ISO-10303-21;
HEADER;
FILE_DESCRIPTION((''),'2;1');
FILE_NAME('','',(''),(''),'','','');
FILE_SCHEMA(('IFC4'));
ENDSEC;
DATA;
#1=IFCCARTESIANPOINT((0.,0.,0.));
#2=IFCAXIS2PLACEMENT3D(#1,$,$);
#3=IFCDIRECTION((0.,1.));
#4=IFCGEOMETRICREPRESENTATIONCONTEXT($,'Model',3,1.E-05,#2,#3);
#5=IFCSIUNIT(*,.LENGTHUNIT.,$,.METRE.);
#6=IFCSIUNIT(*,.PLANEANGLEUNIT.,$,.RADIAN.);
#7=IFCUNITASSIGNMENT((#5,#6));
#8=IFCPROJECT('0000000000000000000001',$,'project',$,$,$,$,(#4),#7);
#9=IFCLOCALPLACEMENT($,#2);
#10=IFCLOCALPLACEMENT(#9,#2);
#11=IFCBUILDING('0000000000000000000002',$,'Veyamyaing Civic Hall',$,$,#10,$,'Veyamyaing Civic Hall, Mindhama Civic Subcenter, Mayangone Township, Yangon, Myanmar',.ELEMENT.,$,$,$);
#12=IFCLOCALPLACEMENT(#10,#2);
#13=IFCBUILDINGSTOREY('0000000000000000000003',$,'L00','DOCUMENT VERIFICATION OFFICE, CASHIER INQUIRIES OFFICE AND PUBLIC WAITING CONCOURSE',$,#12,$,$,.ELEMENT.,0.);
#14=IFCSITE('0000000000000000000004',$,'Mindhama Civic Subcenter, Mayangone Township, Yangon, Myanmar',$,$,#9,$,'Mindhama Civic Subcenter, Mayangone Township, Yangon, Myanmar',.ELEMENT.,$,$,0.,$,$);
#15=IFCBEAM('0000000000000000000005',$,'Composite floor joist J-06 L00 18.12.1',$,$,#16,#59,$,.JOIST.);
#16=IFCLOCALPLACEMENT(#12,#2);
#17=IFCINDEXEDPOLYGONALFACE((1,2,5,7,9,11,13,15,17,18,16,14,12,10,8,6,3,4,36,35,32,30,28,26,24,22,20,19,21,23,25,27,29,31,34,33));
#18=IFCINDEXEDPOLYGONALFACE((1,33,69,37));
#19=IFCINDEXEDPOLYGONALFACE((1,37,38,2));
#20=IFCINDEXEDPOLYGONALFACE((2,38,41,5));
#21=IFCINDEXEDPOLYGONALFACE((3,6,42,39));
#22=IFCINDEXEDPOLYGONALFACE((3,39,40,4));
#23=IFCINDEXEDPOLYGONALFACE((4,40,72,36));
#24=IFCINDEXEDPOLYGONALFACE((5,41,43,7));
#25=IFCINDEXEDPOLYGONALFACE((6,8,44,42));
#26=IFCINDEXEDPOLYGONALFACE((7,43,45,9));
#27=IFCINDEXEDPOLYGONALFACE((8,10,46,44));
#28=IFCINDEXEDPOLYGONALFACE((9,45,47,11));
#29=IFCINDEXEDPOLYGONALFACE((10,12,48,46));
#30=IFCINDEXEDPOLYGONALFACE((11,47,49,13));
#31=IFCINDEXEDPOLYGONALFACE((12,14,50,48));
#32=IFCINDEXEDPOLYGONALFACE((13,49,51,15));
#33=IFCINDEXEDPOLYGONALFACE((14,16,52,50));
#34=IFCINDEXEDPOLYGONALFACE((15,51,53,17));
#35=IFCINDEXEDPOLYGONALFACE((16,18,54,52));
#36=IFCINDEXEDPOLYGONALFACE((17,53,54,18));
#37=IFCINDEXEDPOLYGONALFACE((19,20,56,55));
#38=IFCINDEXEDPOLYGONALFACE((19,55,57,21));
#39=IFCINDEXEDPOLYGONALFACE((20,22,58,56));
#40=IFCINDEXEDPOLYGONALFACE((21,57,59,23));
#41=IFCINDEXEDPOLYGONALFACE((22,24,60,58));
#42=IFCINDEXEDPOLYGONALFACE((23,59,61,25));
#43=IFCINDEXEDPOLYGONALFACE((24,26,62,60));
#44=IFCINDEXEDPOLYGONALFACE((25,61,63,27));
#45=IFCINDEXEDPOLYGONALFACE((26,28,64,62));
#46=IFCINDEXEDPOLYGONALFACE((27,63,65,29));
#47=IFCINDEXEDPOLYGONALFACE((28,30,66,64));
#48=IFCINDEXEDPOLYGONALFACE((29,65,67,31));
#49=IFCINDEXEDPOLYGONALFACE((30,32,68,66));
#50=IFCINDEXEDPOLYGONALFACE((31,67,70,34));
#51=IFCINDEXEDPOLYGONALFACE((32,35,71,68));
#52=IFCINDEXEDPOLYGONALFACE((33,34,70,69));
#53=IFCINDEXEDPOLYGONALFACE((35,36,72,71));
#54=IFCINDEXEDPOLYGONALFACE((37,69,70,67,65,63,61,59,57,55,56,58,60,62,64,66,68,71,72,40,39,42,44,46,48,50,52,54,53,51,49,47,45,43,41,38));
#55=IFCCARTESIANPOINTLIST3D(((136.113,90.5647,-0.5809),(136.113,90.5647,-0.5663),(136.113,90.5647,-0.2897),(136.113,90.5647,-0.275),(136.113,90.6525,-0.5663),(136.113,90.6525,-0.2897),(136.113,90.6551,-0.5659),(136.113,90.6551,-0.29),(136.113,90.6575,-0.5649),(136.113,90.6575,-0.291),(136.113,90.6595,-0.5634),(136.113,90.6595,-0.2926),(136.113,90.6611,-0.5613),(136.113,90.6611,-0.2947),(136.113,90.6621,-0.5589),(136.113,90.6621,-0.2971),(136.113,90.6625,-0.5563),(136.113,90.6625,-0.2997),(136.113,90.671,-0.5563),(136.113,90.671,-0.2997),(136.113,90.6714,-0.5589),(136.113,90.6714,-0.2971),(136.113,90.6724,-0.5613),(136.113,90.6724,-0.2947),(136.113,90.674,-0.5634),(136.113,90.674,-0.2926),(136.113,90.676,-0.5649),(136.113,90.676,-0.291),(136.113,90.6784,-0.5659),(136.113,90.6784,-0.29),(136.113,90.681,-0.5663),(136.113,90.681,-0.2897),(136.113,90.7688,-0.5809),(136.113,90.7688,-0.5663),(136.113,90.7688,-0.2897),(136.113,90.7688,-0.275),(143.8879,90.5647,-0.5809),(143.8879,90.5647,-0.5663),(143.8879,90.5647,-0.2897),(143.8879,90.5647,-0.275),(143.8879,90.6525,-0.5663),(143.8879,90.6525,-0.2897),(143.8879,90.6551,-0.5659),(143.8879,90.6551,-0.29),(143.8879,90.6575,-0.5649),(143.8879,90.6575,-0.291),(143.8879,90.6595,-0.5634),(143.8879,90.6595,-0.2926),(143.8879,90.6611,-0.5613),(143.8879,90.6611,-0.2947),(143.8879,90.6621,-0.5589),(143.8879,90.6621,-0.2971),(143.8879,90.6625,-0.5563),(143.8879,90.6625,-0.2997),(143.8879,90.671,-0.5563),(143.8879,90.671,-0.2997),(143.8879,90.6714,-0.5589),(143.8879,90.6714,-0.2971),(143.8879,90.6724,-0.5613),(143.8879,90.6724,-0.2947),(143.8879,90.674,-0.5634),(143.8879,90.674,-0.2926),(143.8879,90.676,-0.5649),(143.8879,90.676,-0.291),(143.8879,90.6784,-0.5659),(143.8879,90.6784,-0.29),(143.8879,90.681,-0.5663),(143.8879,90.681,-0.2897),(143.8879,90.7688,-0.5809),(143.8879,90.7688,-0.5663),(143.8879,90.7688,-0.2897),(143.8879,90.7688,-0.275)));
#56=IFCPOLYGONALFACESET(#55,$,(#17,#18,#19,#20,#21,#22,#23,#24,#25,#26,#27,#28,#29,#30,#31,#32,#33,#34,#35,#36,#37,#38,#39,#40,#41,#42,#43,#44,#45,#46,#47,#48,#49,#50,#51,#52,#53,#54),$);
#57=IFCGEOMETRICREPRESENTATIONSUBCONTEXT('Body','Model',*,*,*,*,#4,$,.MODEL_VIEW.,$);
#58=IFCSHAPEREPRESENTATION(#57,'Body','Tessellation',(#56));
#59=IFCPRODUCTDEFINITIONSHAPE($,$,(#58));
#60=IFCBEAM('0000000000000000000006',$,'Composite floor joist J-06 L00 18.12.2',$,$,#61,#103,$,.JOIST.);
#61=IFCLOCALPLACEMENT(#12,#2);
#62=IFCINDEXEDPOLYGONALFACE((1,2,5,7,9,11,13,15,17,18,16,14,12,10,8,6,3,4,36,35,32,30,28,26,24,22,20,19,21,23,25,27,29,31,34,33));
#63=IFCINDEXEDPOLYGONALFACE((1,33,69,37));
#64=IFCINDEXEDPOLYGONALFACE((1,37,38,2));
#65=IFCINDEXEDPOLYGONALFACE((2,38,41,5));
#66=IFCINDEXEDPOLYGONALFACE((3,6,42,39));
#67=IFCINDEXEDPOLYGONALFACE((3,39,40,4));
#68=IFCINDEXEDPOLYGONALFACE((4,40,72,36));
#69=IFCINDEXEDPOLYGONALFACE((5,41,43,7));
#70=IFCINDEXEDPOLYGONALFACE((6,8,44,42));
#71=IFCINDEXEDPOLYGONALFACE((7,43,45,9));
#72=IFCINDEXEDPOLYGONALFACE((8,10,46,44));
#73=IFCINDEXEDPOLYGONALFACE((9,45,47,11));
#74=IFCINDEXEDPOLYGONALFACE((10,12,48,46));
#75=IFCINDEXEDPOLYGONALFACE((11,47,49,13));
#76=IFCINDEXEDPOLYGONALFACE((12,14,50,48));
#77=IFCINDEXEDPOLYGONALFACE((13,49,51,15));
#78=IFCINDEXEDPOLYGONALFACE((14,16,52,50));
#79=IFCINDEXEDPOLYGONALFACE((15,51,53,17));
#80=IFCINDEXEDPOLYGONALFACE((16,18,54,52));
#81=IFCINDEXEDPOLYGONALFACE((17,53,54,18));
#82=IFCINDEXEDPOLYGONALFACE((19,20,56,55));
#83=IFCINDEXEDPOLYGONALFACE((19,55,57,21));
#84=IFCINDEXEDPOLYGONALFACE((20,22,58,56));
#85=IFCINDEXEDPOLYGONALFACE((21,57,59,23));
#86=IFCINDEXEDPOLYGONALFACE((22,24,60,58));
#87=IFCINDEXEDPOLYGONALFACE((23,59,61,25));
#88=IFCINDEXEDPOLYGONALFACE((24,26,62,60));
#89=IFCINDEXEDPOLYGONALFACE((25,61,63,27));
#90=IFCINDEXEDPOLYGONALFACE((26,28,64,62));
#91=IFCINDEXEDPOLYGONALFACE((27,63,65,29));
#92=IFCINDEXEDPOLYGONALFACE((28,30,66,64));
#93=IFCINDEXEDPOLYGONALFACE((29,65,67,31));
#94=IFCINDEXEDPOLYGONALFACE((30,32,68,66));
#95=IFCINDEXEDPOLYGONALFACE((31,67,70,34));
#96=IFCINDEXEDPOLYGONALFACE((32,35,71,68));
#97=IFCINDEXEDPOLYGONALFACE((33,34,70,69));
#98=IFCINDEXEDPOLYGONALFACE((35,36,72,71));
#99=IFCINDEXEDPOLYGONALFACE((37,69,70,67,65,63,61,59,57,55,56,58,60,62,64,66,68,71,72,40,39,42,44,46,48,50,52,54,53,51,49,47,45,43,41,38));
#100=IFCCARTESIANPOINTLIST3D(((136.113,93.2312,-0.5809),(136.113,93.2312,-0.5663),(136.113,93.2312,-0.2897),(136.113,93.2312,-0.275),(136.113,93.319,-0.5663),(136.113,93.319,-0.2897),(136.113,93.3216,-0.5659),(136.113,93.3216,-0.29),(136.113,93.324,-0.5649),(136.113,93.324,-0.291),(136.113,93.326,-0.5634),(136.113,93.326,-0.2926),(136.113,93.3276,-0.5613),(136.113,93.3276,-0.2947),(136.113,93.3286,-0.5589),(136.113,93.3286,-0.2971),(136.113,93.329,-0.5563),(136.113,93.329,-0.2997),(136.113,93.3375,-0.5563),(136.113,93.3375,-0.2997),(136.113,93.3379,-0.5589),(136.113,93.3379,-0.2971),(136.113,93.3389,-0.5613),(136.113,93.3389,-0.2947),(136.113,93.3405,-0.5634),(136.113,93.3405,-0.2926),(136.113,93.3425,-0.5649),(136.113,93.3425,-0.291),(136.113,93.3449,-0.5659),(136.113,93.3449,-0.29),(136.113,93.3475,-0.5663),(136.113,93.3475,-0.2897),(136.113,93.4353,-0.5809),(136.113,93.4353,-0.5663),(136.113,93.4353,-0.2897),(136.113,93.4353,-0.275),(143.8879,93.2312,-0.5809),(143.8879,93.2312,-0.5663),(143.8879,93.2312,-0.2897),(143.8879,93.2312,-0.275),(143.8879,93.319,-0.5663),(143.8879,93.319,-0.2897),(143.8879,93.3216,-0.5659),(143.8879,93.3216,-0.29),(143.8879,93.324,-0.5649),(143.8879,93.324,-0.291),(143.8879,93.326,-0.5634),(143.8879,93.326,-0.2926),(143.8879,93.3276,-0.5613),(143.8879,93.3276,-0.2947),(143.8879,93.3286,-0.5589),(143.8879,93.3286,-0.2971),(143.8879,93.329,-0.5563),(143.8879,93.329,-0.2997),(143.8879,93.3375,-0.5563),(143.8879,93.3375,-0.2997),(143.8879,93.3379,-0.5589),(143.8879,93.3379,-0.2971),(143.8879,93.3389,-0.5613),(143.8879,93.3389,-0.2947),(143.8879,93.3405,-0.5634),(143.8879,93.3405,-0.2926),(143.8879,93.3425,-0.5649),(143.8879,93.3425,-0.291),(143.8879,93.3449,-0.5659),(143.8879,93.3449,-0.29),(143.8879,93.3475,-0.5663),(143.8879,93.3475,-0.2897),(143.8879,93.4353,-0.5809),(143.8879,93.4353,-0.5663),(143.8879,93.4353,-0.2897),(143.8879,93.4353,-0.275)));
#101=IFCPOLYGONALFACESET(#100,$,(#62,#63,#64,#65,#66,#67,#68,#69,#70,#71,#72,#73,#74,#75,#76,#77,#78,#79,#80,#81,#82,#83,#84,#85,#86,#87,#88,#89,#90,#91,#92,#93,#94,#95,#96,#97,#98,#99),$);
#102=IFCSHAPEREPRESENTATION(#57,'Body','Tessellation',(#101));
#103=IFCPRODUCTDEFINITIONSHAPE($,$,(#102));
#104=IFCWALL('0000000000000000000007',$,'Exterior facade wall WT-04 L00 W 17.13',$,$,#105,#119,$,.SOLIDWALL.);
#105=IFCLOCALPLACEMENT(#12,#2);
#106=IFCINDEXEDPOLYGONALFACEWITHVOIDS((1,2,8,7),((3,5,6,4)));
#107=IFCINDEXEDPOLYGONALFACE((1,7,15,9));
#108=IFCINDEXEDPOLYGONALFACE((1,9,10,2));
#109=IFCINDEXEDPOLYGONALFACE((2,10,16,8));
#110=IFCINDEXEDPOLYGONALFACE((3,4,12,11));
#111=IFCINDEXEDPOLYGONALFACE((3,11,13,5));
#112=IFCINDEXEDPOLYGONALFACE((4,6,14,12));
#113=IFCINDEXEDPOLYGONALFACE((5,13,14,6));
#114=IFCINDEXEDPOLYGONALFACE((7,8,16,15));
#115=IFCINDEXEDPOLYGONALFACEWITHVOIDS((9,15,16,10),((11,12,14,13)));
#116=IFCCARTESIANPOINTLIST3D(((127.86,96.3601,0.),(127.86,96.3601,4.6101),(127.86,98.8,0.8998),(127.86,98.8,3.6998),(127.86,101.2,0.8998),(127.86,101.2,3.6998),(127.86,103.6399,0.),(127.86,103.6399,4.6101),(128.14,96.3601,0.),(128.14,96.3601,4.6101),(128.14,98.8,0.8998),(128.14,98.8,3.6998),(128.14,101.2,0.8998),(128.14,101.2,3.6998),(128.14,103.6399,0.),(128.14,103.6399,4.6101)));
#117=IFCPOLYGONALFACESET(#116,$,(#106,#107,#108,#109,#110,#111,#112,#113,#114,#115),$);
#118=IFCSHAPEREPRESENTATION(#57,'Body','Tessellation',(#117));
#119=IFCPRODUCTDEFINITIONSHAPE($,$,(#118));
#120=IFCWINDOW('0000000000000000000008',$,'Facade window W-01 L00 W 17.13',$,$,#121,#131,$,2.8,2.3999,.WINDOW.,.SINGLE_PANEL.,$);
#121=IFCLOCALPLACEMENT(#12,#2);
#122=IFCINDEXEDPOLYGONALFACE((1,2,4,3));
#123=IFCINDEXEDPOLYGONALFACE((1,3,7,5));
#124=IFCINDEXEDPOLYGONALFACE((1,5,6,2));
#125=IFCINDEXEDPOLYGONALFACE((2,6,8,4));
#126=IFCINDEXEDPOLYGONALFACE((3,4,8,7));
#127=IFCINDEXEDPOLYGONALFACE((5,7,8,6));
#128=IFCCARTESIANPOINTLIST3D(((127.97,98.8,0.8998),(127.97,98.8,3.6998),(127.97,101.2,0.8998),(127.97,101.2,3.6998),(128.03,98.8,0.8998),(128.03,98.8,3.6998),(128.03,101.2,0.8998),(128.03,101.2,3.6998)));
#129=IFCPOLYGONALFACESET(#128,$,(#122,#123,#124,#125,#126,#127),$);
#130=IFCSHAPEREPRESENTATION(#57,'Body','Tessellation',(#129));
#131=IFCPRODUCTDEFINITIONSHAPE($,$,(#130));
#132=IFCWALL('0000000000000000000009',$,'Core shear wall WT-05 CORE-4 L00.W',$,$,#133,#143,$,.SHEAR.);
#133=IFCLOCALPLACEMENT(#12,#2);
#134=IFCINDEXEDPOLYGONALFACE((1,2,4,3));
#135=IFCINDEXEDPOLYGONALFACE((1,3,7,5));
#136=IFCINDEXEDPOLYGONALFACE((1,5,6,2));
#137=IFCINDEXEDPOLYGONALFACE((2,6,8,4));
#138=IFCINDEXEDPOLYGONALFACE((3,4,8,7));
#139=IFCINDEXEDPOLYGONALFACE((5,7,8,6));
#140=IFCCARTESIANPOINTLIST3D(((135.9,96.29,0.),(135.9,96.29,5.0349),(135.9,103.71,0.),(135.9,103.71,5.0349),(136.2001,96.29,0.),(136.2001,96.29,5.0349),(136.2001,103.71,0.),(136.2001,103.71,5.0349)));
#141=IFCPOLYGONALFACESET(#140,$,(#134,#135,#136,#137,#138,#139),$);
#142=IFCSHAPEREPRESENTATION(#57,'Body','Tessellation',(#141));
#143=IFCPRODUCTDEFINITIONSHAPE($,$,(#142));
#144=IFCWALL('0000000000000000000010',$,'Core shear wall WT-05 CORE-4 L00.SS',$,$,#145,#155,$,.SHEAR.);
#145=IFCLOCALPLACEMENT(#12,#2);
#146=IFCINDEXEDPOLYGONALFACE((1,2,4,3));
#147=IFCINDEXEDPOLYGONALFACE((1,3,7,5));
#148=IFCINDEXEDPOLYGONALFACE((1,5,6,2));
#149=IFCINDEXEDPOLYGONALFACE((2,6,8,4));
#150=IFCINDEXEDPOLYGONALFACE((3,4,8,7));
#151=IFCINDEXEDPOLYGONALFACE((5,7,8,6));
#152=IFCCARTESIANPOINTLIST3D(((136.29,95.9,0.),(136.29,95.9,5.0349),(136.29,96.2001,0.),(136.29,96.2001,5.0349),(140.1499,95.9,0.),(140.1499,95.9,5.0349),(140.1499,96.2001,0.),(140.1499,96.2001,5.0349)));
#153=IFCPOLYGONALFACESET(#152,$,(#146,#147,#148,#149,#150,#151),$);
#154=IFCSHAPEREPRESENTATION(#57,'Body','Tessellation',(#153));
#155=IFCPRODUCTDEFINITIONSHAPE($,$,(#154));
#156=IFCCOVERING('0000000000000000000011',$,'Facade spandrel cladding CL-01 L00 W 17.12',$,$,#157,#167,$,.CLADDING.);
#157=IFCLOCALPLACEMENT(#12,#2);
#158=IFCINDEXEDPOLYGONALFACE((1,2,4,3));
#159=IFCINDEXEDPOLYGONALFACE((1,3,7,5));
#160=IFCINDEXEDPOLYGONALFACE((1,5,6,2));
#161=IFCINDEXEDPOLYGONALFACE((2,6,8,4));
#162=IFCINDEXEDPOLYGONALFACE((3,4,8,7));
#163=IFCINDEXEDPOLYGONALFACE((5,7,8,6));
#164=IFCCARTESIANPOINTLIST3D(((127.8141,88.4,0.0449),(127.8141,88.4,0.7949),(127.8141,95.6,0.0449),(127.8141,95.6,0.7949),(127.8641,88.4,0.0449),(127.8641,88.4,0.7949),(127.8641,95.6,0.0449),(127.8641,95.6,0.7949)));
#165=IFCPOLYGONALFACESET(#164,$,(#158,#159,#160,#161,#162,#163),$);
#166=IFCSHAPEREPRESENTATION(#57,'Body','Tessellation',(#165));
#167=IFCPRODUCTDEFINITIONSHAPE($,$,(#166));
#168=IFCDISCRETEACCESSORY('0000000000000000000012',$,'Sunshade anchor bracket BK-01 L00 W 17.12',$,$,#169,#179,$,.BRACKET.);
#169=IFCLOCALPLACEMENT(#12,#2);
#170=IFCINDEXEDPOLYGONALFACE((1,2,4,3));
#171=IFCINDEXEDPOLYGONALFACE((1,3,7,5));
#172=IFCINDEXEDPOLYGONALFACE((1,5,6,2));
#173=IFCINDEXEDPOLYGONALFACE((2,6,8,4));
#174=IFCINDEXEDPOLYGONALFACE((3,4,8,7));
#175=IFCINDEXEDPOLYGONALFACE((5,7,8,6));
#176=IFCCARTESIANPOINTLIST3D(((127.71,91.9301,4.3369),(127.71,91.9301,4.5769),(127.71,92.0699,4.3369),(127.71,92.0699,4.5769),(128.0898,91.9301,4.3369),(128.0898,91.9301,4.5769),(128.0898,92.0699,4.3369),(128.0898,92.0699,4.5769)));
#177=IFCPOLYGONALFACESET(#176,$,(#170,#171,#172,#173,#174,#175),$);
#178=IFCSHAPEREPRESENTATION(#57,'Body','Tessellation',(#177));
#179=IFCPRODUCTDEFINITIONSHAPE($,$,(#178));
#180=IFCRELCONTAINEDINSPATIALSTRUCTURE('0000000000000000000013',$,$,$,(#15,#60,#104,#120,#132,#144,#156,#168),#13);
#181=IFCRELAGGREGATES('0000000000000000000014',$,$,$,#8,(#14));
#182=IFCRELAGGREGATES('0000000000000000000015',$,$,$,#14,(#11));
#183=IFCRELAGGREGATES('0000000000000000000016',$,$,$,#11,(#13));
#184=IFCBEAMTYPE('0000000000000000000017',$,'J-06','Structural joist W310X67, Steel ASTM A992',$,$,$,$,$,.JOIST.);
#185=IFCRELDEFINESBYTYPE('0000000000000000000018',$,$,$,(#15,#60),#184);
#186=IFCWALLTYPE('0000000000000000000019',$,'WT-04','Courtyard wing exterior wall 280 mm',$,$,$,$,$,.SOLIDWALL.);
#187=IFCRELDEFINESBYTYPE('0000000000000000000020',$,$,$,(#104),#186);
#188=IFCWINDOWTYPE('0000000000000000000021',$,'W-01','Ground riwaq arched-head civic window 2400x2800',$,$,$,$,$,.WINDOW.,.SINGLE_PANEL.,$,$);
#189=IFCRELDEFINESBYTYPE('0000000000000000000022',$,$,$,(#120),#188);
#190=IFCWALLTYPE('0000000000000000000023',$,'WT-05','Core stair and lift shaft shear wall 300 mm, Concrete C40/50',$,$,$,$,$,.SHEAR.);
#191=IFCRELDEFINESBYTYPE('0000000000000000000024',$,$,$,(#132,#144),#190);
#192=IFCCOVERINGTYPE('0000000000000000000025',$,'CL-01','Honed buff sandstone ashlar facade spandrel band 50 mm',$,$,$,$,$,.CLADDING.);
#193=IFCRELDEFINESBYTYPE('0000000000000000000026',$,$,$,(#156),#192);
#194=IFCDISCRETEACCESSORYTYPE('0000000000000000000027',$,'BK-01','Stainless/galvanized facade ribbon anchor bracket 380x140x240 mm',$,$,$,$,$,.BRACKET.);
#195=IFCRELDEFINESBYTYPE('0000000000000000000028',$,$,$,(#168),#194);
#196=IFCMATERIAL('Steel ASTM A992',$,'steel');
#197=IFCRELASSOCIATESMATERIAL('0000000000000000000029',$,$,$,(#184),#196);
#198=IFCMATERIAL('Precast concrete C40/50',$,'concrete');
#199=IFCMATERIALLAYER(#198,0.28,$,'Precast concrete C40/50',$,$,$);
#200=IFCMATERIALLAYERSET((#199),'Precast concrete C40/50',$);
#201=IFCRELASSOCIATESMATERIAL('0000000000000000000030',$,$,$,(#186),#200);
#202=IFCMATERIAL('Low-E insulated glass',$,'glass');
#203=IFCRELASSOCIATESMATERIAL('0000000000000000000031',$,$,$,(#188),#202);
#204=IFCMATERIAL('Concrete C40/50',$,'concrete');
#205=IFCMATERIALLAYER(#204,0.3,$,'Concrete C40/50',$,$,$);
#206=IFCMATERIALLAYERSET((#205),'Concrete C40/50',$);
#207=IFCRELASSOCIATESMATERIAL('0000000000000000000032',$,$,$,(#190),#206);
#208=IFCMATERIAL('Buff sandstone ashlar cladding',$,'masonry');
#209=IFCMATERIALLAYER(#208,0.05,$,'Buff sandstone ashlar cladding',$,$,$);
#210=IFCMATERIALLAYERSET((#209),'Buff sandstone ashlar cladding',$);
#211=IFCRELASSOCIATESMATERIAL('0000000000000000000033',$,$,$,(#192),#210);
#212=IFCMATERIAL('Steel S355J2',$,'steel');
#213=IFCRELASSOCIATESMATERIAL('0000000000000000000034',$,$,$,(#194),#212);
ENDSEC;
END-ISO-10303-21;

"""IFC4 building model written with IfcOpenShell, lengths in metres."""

from ifc_helpers import new_model, si_unit, direction, frame, frame_2d, origin, origin_2d, place, context, subcontext, project, spatial, rectangle, i_section, extrude, material, layer, layer_set, material_profile, profile_set, type_object, element, fill, save


model = new_model("IFC4")

# Units and contexts
model_context = context("Model", 3, precision=1e-05, world=origin(), true_north=direction((0.0, 1.0)))
body_context = subcontext(model_context, "Body", "Model", "MODEL_VIEW")
ifc_project = project(units=[si_unit("LENGTHUNIT", "METRE"), si_unit("PLANEANGLEUNIT", "RADIAN")], contexts=[model_context])

# Site, building, storey
site_placement = place(None, origin())
site = spatial("IfcSite", under=ifc_project, at=site_placement, Name="Mindhama Civic Subcenter, Mayangone Township, Yangon, Myanmar", LongName="Mindhama Civic Subcenter, Mayangone Township, Yangon, Myanmar", CompositionType="ELEMENT", RefElevation=0.0)
building_placement = place(site_placement, origin())
building = spatial("IfcBuilding", under=site, at=building_placement, Name="Veyamyaing Civic Hall", LongName="Veyamyaing Civic Hall, Mindhama Civic Subcenter, Mayangone Township, Yangon, Myanmar", CompositionType="ELEMENT")
storey_placement = place(building_placement, origin())
storey = spatial("IfcBuildingStorey", under=building, at=storey_placement, Name="L00", Description="DOCUMENT VERIFICATION OFFICE, CASHIER INQUIRIES OFFICE AND PUBLIC WAITING CONCOURSE", CompositionType="ELEMENT", Elevation=0.0)

# Beams
ifc_material_1 = material(Name="Steel ASTM A992", Category="steel")
ifc_material_profile_1 = material_profile(ifc_material_1, i_section(OverallWidth=0.2041, OverallDepth=0.3059, WebThickness=0.0085, FlangeThickness=0.0146, FilletRadius=0.01, at=origin_2d()), Name="W310X67")
ifc_profile_set_1 = profile_set([ifc_material_profile_1], Name="Steel ASTM A992")
beam_type_1 = type_object("IfcBeamType", Name="J-06", Description="Structural joist W310X67, Steel ASTM A992", PredefinedType="JOIST", material=ifc_profile_set_1)
for number, where, z_axis, x_axis, name in (
    (1, (136.113, 90.6667, -0.428), (1.0, 0.0, 0.0), (0.0, 1.0, 0.0), "Composite floor joist J-06 L00 18.12.1"),
    (2, (136.113, 93.3333, -0.428), (1.0, 0.0, 0.0), (0.0, 1.0, 0.0), "Composite floor joist J-06 L00 18.12.2"),
):
    element("IfcBeam", number, at=place(storey_placement, frame(where, z_axis=z_axis, x_axis=x_axis)), inside=storey, type_object=beam_type_1, Name=name, PredefinedType="JOIST", context=body_context, shape_type="SweptSolid", body=[
        extrude(i_section(OverallWidth=0.2041, OverallDepth=0.3059, WebThickness=0.0085, FlangeThickness=0.0146, FilletRadius=0.01, at=origin_2d()), origin(), (0.0, 0.0, 1.0), 7.7749),
    ])

# Wall, opening, window
ifc_material_2 = material(Name="Precast concrete C40/50", Category="concrete")
ifc_layer_1 = layer(ifc_material_2, 0.28, Name="Precast concrete C40/50")
ifc_layer_set_1 = layer_set([ifc_layer_1], Name="Precast concrete C40/50")
wall_type_1 = type_object("IfcWallType", Name="WT-04", Description="Courtyard wing exterior wall 280 mm", PredefinedType="SOLIDWALL", material=ifc_layer_set_1)
wall_1_placement = place(storey_placement, frame((128.0, 96.3601, 0.0), z_axis=(0.0, 0.0, 1.0), x_axis=(0.0, 1.0, 0.0)))
wall_1 = element("IfcWall", 3, at=wall_1_placement, inside=storey, type_object=wall_type_1, Name="Exterior facade wall WT-04 L00 W 17.13", PredefinedType="SOLIDWALL", context=body_context, shape_type="SweptSolid", body=[
    extrude(rectangle(XDim=7.2798, YDim=0.28, at=frame_2d((3.6399, 0.0))), origin(), (0.0, 0.0, 1.0), 4.6101),
])
opening_placement = place(wall_1_placement, frame((2.4399, 0.0, 0.8999)))
opening = element("IfcOpeningElement", 4, at=opening_placement, cuts=wall_1, PredefinedType="OPENING", context=body_context, shape_type="SweptSolid", body=[
    extrude(rectangle(XDim=2.3999, YDim=2.8, at=frame_2d((1.2, 1.3999))), frame((0.0, 0.1499, 0.0), z_axis=(0.0, -1.0, 0.0), x_axis=(1.0, 0.0, 0.0)), (0.0, 0.0, 1.0), 0.3),
])
ifc_material_3 = material(Name="Low-E insulated glass", Category="glass")
window_type = type_object("IfcWindowType", Name="W-01", Description="Ground riwaq arched-head civic window 2400x2800", PartitioningType="SINGLE_PANEL", PredefinedType="WINDOW", material=ifc_material_3)
window_placement = place(opening_placement, origin())
window = element("IfcWindow", 5, at=window_placement, inside=storey, type_object=window_type, Name="Facade window W-01 L00 W 17.13", OverallHeight=2.8, OverallWidth=2.3999, PartitioningType="SINGLE_PANEL", PredefinedType="WINDOW", context=body_context, shape_type="SweptSolid", body=[
    extrude(rectangle(XDim=2.3999, YDim=2.8, at=frame_2d((1.2, 1.3999))), frame((0.0, 0.03, 0.0), z_axis=(0.0, -1.0, 0.0), x_axis=(1.0, 0.0, 0.0)), (0.0, 0.0, 1.0), 0.0601),
])
fill(opening, window)

# Walls
ifc_material_4 = material(Name="Concrete C40/50", Category="concrete")
ifc_layer_2 = layer(ifc_material_4, 0.3, Name="Concrete C40/50")
ifc_layer_set_2 = layer_set([ifc_layer_2], Name="Concrete C40/50")
wall_type_2 = type_object("IfcWallType", Name="WT-05", Description="Core stair and lift shaft shear wall 300 mm, Concrete C40/50", PredefinedType="SHEAR", material=ifc_layer_set_2)
wall_2_placement = place(storey_placement, frame((136.05, 96.29, 0.0), z_axis=(0.0, 0.0, 1.0), x_axis=(0.0, 1.0, 0.0)))
element("IfcWall", 6, at=wall_2_placement, inside=storey, type_object=wall_type_2, Name="Core shear wall WT-05 CORE-4 L00.W", PredefinedType="SHEAR", context=body_context, shape_type="SweptSolid", body=[
    extrude(rectangle(XDim=7.4199, YDim=0.3, at=frame_2d((3.71, 0.0))), origin(), (0.0, 0.0, 1.0), 5.0349),
])
wall_3_placement = place(storey_placement, frame((136.29, 96.05, 0.0), z_axis=(0.0, 0.0, 1.0), x_axis=(1.0, 0.0, 0.0)))
element("IfcWall", 7, at=wall_3_placement, inside=storey, type_object=wall_type_2, Name="Core shear wall WT-05 CORE-4 L00.SS", PredefinedType="SHEAR", context=body_context, shape_type="SweptSolid", body=[
    extrude(rectangle(XDim=3.8599, YDim=0.3, at=frame_2d((1.9299, 0.0))), origin(), (0.0, 0.0, 1.0), 5.0349),
])

# Covering
ifc_material_5 = material(Name="Buff sandstone ashlar cladding", Category="masonry")
ifc_layer_3 = layer(ifc_material_5, 0.05, Name="Buff sandstone ashlar cladding")
ifc_layer_set_3 = layer_set([ifc_layer_3], Name="Buff sandstone ashlar cladding")
covering_type = type_object("IfcCoveringType", Name="CL-01", Description="Honed buff sandstone ashlar facade spandrel band 50 mm", PredefinedType="CLADDING", material=ifc_layer_set_3)
covering_placement = place(storey_placement, frame((127.8391, 92.0, 0.0449), z_axis=(0.0, 0.0, 1.0), x_axis=(0.0, 1.0, 0.0)))
element("IfcCovering", 8, at=covering_placement, inside=storey, type_object=covering_type, Name="Facade spandrel cladding CL-01 L00 W 17.12", PredefinedType="CLADDING", context=body_context, shape_type="SweptSolid", body=[
    extrude(rectangle(XDim=7.2, YDim=0.05, at=origin_2d()), origin(), (0.0, 0.0, 1.0), 0.75),
])

# Discrete accessory
ifc_material_6 = material(Name="Steel S355J2", Category="steel")
discrete_accessory_type = type_object("IfcDiscreteAccessoryType", Name="BK-01", Description="Stainless/galvanized facade ribbon anchor bracket 380x140x240 mm", PredefinedType="BRACKET", material=ifc_material_6)
for number, where, z_axis, x_axis, name in (
    (9, (127.8999, 92.0, 4.3369), (0.0, 0.0, 1.0), (-1.0, 0.0, 0.0), "Sunshade anchor bracket BK-01 L00 W 17.12"),
):
    element("IfcDiscreteAccessory", number, at=place(storey_placement, frame(where, z_axis=z_axis, x_axis=x_axis)), inside=storey, type_object=discrete_accessory_type, Name=name, PredefinedType="BRACKET", context=body_context, shape_type="SweptSolid", body=[
        extrude(rectangle(XDim=0.3799, YDim=0.1399, at=origin_2d()), origin(), (0.0, 0.0, 1.0), 0.24),
    ])

save(model, "model.ifc")
